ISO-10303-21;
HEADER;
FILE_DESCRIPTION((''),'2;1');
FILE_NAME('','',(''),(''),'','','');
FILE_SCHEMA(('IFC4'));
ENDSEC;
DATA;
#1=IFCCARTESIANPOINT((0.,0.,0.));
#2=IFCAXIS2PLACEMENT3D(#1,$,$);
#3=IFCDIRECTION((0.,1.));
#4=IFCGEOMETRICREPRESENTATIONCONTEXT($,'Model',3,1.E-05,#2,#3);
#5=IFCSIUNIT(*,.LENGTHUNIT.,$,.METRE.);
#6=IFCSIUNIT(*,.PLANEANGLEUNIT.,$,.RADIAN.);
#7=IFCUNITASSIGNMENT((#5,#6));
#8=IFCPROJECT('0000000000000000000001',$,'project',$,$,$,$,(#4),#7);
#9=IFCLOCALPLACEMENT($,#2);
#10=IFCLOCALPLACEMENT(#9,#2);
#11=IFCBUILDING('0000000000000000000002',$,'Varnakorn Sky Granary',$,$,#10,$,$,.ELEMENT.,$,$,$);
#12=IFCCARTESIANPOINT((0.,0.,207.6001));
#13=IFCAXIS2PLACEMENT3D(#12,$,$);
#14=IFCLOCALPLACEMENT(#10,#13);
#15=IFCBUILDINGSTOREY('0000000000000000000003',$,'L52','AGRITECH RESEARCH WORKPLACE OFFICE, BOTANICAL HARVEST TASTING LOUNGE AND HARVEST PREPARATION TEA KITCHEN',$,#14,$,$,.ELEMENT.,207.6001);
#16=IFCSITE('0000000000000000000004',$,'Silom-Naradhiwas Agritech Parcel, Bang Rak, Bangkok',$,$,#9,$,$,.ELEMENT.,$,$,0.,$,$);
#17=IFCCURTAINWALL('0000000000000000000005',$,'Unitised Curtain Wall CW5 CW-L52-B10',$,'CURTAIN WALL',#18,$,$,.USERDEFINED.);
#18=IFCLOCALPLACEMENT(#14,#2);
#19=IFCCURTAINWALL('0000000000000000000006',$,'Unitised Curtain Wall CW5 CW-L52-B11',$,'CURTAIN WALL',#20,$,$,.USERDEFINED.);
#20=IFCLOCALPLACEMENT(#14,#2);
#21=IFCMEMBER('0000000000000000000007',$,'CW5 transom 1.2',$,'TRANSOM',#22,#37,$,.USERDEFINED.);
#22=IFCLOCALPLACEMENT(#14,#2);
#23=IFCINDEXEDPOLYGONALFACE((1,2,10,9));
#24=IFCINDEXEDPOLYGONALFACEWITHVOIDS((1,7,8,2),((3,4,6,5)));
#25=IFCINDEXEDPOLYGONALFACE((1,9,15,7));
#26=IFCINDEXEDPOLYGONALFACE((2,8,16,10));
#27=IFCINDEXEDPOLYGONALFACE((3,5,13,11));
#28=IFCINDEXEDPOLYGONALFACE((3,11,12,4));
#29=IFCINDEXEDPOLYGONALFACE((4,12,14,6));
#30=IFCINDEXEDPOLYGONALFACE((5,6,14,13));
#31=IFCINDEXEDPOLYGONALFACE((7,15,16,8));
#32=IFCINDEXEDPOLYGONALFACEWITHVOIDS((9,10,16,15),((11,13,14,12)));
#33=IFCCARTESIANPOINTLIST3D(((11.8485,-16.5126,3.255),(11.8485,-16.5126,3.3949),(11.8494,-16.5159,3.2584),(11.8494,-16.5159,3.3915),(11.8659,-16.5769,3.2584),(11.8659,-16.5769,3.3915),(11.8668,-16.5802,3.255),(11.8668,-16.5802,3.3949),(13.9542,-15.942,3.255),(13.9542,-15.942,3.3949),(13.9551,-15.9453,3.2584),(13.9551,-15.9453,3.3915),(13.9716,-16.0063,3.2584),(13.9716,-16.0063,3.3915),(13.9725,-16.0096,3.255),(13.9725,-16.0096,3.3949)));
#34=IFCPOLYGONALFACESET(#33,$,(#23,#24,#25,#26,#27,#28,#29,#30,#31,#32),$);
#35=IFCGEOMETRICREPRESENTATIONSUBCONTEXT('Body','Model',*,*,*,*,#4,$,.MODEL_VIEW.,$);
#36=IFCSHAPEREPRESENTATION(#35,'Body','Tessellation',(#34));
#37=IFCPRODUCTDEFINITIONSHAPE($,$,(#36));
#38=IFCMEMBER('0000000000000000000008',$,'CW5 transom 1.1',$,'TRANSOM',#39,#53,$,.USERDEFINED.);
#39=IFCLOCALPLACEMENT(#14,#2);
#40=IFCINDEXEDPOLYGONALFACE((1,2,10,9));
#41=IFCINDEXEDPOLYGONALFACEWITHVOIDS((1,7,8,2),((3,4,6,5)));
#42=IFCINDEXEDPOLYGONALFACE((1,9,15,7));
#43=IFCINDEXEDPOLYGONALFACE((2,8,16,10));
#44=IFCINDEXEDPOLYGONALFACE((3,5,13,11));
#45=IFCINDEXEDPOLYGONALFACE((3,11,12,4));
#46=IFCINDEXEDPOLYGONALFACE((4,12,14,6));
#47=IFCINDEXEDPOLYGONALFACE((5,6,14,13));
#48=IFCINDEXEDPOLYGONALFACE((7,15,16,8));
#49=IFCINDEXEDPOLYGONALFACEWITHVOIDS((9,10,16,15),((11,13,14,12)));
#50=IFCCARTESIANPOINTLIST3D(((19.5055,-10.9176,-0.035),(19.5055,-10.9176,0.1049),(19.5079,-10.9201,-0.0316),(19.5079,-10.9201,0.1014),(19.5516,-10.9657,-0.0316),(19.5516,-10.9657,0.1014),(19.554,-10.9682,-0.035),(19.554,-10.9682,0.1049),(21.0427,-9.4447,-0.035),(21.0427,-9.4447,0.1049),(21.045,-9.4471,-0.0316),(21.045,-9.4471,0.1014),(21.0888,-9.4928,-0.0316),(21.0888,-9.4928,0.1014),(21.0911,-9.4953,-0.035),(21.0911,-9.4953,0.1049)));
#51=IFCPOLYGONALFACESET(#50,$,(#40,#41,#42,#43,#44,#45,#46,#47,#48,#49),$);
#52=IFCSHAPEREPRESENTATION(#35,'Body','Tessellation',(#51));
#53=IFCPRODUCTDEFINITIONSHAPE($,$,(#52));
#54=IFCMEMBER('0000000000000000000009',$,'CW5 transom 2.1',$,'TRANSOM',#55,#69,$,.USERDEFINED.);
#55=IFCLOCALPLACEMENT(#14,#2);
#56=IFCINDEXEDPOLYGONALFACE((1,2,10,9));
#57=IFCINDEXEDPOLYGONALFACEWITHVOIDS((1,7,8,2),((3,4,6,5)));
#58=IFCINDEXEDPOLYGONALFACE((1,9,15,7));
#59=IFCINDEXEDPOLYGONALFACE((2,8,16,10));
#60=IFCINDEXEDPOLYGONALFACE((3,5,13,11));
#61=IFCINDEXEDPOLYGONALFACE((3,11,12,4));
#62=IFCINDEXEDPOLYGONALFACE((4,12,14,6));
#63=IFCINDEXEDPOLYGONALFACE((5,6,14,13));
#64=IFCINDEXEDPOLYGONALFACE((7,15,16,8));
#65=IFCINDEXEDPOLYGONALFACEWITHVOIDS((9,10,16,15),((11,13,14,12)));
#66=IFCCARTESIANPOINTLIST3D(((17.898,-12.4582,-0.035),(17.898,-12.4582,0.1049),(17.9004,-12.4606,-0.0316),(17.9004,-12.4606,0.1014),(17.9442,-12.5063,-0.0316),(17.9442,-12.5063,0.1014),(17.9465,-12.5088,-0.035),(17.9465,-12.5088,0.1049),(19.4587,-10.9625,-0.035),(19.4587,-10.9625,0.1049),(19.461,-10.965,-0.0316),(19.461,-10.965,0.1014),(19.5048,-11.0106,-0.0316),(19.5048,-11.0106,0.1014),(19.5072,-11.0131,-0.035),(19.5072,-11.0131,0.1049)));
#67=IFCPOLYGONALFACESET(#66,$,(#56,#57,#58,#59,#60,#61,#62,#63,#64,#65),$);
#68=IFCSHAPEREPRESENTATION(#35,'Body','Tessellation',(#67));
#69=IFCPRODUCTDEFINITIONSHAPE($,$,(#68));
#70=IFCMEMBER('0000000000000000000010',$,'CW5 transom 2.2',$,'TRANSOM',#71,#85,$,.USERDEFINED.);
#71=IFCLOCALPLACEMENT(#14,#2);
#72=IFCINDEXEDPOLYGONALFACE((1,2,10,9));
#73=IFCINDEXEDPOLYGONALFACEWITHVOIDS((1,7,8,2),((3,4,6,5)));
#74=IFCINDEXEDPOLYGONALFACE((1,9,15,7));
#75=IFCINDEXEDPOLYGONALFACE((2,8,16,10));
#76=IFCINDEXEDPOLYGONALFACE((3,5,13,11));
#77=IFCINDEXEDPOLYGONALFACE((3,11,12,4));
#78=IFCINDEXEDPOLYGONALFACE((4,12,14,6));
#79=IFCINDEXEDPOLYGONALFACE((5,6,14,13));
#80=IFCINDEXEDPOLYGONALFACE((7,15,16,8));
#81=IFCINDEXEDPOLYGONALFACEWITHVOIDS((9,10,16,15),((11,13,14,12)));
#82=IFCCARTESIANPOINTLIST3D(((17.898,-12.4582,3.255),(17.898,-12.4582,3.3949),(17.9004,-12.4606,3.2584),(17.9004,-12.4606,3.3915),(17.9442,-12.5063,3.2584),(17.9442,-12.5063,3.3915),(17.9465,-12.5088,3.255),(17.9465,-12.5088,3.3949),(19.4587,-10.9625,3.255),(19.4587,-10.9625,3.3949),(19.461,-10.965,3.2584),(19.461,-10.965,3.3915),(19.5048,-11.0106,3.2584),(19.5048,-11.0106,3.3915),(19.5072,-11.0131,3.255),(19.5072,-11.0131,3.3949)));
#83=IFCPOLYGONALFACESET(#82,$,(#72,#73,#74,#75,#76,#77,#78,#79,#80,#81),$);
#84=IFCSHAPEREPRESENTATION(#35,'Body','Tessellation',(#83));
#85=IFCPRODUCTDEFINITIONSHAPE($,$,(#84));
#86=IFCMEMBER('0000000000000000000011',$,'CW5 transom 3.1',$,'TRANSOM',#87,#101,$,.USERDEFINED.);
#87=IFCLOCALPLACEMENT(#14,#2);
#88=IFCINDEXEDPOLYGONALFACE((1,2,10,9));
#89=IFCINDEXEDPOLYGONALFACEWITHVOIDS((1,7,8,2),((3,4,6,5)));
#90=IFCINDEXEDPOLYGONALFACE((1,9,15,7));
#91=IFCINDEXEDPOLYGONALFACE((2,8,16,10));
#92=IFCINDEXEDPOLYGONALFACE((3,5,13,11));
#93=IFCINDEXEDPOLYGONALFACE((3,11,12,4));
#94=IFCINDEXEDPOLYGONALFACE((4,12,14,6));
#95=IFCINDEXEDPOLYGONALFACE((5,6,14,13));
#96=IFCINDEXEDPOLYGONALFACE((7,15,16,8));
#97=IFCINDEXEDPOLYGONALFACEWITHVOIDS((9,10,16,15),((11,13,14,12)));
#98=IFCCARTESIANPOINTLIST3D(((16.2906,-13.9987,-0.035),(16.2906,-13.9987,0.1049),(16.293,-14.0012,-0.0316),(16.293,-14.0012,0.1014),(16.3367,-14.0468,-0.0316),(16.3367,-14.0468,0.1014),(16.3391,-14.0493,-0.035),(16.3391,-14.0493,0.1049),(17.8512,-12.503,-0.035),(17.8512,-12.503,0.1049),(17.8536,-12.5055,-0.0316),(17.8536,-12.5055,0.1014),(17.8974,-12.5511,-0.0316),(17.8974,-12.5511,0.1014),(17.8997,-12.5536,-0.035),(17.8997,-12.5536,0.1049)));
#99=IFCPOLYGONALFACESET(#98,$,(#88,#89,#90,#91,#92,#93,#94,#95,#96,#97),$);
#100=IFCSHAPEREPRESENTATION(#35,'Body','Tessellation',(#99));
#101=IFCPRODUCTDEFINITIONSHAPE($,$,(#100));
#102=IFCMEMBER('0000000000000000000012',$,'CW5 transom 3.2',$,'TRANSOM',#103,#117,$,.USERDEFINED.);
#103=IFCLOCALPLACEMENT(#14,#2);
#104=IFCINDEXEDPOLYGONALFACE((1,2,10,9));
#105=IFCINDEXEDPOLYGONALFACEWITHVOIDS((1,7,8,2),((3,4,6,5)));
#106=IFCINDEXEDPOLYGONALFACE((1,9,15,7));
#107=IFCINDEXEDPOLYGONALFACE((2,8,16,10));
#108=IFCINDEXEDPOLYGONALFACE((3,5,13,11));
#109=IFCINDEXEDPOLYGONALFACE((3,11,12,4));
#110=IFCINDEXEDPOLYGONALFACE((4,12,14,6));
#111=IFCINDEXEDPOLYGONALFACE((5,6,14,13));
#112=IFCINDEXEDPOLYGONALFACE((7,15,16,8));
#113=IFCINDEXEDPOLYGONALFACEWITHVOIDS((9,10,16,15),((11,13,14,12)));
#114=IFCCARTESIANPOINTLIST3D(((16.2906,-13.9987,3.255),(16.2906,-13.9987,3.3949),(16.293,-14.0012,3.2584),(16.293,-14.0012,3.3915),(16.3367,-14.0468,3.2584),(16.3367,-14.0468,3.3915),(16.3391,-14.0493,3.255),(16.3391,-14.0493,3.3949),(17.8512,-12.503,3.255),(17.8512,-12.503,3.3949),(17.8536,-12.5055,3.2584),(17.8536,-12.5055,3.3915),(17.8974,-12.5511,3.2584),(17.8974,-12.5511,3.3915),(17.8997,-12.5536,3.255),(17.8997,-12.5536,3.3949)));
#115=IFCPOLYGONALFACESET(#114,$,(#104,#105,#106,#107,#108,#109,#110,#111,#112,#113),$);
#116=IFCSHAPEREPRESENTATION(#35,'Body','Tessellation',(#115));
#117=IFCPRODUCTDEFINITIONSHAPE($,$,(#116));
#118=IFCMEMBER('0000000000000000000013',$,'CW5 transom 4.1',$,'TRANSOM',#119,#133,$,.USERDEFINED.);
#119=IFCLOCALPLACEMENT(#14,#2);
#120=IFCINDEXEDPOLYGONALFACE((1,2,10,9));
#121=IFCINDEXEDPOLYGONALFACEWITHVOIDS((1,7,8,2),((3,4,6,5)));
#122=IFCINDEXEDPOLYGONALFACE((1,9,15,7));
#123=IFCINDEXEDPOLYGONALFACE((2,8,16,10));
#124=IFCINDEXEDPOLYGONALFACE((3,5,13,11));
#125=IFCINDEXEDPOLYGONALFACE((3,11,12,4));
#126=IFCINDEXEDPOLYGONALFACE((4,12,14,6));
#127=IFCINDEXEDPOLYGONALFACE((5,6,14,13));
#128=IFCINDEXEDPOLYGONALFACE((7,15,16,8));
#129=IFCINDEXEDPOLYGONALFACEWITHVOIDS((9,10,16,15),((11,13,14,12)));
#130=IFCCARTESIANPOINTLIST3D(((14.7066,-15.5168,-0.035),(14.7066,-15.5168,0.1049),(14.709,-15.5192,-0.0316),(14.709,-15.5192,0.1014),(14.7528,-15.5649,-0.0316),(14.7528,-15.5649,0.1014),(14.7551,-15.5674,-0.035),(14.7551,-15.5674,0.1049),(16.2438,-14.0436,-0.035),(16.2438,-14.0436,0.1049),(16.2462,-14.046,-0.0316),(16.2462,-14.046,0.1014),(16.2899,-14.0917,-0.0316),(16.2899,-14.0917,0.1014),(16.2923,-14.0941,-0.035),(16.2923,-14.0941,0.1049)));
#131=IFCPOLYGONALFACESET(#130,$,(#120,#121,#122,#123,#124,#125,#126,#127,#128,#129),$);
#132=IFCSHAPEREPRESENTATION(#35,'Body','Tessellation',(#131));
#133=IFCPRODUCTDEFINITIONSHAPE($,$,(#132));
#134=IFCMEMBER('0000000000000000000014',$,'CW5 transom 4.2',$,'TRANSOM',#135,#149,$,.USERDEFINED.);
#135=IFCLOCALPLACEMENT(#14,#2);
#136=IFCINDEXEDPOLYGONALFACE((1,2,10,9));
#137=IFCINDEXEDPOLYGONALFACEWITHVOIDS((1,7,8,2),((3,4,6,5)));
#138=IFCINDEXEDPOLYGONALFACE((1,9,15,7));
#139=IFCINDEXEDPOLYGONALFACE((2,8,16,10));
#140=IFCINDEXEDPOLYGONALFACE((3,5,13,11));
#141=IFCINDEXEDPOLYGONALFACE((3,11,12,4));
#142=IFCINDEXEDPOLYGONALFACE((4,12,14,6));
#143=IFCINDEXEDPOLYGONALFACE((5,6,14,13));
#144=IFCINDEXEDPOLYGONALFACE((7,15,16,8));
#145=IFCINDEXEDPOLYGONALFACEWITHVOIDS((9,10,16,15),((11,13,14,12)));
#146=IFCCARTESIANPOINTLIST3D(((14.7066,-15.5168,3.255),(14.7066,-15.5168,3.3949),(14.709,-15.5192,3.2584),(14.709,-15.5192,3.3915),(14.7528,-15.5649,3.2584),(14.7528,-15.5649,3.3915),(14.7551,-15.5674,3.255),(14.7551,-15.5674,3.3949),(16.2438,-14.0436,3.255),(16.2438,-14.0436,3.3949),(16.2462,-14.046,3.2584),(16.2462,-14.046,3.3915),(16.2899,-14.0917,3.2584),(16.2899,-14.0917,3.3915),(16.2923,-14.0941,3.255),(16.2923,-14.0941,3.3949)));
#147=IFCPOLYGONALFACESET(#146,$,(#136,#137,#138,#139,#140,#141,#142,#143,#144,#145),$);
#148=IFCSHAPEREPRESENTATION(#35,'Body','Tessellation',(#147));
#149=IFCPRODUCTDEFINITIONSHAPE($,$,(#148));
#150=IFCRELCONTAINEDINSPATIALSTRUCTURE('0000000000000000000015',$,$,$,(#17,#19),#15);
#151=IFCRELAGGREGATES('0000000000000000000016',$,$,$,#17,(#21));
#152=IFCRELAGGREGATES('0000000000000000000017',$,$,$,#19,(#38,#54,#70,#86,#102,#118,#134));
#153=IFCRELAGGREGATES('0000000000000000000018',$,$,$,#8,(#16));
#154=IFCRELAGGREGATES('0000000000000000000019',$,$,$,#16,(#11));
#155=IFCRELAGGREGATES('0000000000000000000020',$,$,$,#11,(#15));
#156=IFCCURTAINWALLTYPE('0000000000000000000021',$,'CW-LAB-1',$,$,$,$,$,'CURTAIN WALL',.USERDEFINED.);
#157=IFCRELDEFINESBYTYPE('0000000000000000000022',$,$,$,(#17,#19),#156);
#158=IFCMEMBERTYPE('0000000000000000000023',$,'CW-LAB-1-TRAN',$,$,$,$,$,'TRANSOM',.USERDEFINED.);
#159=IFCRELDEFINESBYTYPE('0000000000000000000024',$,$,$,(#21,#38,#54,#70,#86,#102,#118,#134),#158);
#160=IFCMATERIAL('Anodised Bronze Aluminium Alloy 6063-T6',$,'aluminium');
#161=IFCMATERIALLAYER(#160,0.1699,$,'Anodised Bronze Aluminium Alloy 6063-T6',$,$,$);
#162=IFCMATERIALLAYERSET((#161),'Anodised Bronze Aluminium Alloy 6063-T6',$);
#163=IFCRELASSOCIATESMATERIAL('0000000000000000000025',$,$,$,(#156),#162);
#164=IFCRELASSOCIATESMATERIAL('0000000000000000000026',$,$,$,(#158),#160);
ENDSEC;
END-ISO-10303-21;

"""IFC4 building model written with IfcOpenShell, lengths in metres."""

from ifc_helpers import new_model, si_unit, direction, frame, origin, origin_2d, place, context, subcontext, project, spatial, hollow_rectangle, extrude, material, layer, layer_set, material_profile, profile_set, type_object, element, aggregate, save


model = new_model("IFC4")

# Units and contexts
model_context = context("Model", 3, precision=1e-05, world=origin(), true_north=direction((0.0, 1.0)))
body_context = subcontext(model_context, "Body", "Model", "MODEL_VIEW")
ifc_project = project(units=[si_unit("LENGTHUNIT", "METRE"), si_unit("PLANEANGLEUNIT", "RADIAN")], contexts=[model_context])

# Site, building, storey
site_placement = place(None, origin())
site = spatial("IfcSite", under=ifc_project, at=site_placement, Name="Silom-Naradhiwas Agritech Parcel, Bang Rak, Bangkok", CompositionType="ELEMENT", RefElevation=0.0)
building_placement = place(site_placement, origin())
building = spatial("IfcBuilding", under=site, at=building_placement, Name="Varnakorn Sky Granary", CompositionType="ELEMENT")
storey_placement = place(building_placement, frame((0.0, 0.0, 207.6001)))
storey = spatial("IfcBuildingStorey", under=building, at=storey_placement, Name="L52", Description="AGRITECH RESEARCH WORKPLACE OFFICE, BOTANICAL HARVEST TASTING LOUNGE AND HARVEST PREPARATION TEA KITCHEN", CompositionType="ELEMENT", Elevation=207.6001)

# Curtain wall
ifc_material_1 = material(Name="Anodised Bronze Aluminium Alloy 6063-T6", Category="aluminium")
ifc_layer_1 = layer(ifc_material_1, 0.1699, Name="Anodised Bronze Aluminium Alloy 6063-T6")
ifc_layer_set_1 = layer_set([ifc_layer_1], Name="Anodised Bronze Aluminium Alloy 6063-T6")
curtain_wall_type = type_object("IfcCurtainWallType", Name="CW-LAB-1", ElementType="CURTAIN WALL", PredefinedType="USERDEFINED", material=ifc_layer_set_1)
curtain_wall_1_placement = place(storey_placement, origin())
curtain_wall_1 = element("IfcCurtainWall", 1, at=curtain_wall_1_placement, inside=storey, type_object=curtain_wall_type, Name="Unitised Curtain Wall CW5 CW-L52-B10", ObjectType="CURTAIN WALL", PredefinedType="USERDEFINED")

# Curtain wall
curtain_wall_2_placement = place(storey_placement, origin())
curtain_wall_2 = element("IfcCurtainWall", 2, at=curtain_wall_2_placement, inside=storey, type_object=curtain_wall_type, Name="Unitised Curtain Wall CW5 CW-L52-B11", ObjectType="CURTAIN WALL", PredefinedType="USERDEFINED")

# Members
ifc_material_profile_1 = material_profile(ifc_material_1, hollow_rectangle(XDim=0.0701, YDim=0.1399, WallThickness=0.0034, at=origin_2d()), Name="ALU TRAN 70x140")
ifc_profile_set_1 = profile_set([ifc_material_profile_1], Name="Anodised Bronze Aluminium Alloy 6063-T6")
member_type_1 = type_object("IfcMemberType", Name="CW-LAB-1-TRAN", ElementType="TRANSOM", PredefinedType="USERDEFINED", material=ifc_profile_set_1)
member_1_placement = place(storey_placement, frame((13.9634, -15.9758, 3.325), z_axis=(-0.965196, -0.261526, 0.0), x_axis=(0.261526, -0.965196, 0.0)))
member_1 = element("IfcMember", 3, at=member_1_placement, type_object=member_type_1, Name="CW5 transom 1.2", ObjectType="TRANSOM", PredefinedType="USERDEFINED", context=body_context, shape_type="SweptSolid", body=[
    extrude(hollow_rectangle(XDim=0.0701, YDim=0.1399, WallThickness=0.0034, at=origin_2d()), origin(), (0.0, 0.0, 1.0), 2.1816),
])
aggregate(curtain_wall_1, [member_1])
member_2_placement = place(storey_placement, frame((21.0669, -9.47, 0.0349), z_axis=(-0.722026, -0.691866, 0.0), x_axis=(0.691866, -0.722026, 0.0)))
member_2 = element("IfcMember", 4, at=member_2_placement, type_object=member_type_1, Name="CW5 transom 1.1", ObjectType="TRANSOM", PredefinedType="USERDEFINED", context=body_context, shape_type="SweptSolid", body=[
    extrude(hollow_rectangle(XDim=0.0701, YDim=0.1399, WallThickness=0.0034, at=origin_2d()), origin(), (0.0, 0.0, 1.0), 2.1289),
])
member_3_placement = place(storey_placement, frame((19.4829, -10.9878, 0.0349), z_axis=(-0.721969, -0.691925, 0.0), x_axis=(0.691925, -0.721969, 0.0)))
member_3 = element("IfcMember", 5, at=member_3_placement, type_object=member_type_1, Name="CW5 transom 2.1", ObjectType="TRANSOM", PredefinedType="USERDEFINED", context=body_context, shape_type="SweptSolid", body=[
    extrude(hollow_rectangle(XDim=0.0701, YDim=0.1399, WallThickness=0.0034, at=origin_2d()), origin(), (0.0, 0.0, 1.0), 2.1616),
])
member_4_placement = place(storey_placement, frame((19.4829, -10.9878, 3.325), z_axis=(-0.721969, -0.691925, 0.0), x_axis=(0.691925, -0.721969, 0.0)))
member_4 = element("IfcMember", 6, at=member_4_placement, type_object=member_type_1, Name="CW5 transom 2.2", ObjectType="TRANSOM", PredefinedType="USERDEFINED", context=body_context, shape_type="SweptSolid", body=[
    extrude(hollow_rectangle(XDim=0.0701, YDim=0.1399, WallThickness=0.0034, at=origin_2d()), origin(), (0.0, 0.0, 1.0), 2.1616),
])
member_5_placement = place(storey_placement, frame((17.8755, -12.5283, 0.0349), z_axis=(-0.721969, -0.691925, 0.0), x_axis=(0.691925, -0.721969, 0.0)))
member_5 = element("IfcMember", 7, at=member_5_placement, type_object=member_type_1, Name="CW5 transom 3.1", ObjectType="TRANSOM", PredefinedType="USERDEFINED", context=body_context, shape_type="SweptSolid", body=[
    extrude(hollow_rectangle(XDim=0.0701, YDim=0.1399, WallThickness=0.0034, at=origin_2d()), origin(), (0.0, 0.0, 1.0), 2.1616),
])
member_6_placement = place(storey_placement, frame((17.8755, -12.5283, 3.325), z_axis=(-0.721969, -0.691925, 0.0), x_axis=(0.691925, -0.721969, 0.0)))
member_6 = element("IfcMember", 8, at=member_6_placement, type_object=member_type_1, Name="CW5 transom 3.2", ObjectType="TRANSOM", PredefinedType="USERDEFINED", context=body_context, shape_type="SweptSolid", body=[
    extrude(hollow_rectangle(XDim=0.0701, YDim=0.1399, WallThickness=0.0034, at=origin_2d()), origin(), (0.0, 0.0, 1.0), 2.1616),
])
member_7_placement = place(storey_placement, frame((16.2681, -14.0688, 0.0349), z_axis=(-0.721969, -0.691925, 0.0), x_axis=(0.691925, -0.721969, 0.0)))
member_7 = element("IfcMember", 9, at=member_7_placement, type_object=member_type_1, Name="CW5 transom 4.1", ObjectType="TRANSOM", PredefinedType="USERDEFINED", context=body_context, shape_type="SweptSolid", body=[
    extrude(hollow_rectangle(XDim=0.0701, YDim=0.1399, WallThickness=0.0034, at=origin_2d()), origin(), (0.0, 0.0, 1.0), 2.1292),
])
member_8_placement = place(storey_placement, frame((16.2681, -14.0688, 3.325), z_axis=(-0.721969, -0.691925, 0.0), x_axis=(0.691925, -0.721969, 0.0)))
member_8 = element("IfcMember", 10, at=member_8_placement, type_object=member_type_1, Name="CW5 transom 4.2", ObjectType="TRANSOM", PredefinedType="USERDEFINED", context=body_context, shape_type="SweptSolid", body=[
    extrude(hollow_rectangle(XDim=0.0701, YDim=0.1399, WallThickness=0.0034, at=origin_2d()), origin(), (0.0, 0.0, 1.0), 2.1292),
])

aggregate(curtain_wall_2, [member_2, member_3, member_4, member_5, member_6, member_7, member_8])

save(model, "model.ifc")
